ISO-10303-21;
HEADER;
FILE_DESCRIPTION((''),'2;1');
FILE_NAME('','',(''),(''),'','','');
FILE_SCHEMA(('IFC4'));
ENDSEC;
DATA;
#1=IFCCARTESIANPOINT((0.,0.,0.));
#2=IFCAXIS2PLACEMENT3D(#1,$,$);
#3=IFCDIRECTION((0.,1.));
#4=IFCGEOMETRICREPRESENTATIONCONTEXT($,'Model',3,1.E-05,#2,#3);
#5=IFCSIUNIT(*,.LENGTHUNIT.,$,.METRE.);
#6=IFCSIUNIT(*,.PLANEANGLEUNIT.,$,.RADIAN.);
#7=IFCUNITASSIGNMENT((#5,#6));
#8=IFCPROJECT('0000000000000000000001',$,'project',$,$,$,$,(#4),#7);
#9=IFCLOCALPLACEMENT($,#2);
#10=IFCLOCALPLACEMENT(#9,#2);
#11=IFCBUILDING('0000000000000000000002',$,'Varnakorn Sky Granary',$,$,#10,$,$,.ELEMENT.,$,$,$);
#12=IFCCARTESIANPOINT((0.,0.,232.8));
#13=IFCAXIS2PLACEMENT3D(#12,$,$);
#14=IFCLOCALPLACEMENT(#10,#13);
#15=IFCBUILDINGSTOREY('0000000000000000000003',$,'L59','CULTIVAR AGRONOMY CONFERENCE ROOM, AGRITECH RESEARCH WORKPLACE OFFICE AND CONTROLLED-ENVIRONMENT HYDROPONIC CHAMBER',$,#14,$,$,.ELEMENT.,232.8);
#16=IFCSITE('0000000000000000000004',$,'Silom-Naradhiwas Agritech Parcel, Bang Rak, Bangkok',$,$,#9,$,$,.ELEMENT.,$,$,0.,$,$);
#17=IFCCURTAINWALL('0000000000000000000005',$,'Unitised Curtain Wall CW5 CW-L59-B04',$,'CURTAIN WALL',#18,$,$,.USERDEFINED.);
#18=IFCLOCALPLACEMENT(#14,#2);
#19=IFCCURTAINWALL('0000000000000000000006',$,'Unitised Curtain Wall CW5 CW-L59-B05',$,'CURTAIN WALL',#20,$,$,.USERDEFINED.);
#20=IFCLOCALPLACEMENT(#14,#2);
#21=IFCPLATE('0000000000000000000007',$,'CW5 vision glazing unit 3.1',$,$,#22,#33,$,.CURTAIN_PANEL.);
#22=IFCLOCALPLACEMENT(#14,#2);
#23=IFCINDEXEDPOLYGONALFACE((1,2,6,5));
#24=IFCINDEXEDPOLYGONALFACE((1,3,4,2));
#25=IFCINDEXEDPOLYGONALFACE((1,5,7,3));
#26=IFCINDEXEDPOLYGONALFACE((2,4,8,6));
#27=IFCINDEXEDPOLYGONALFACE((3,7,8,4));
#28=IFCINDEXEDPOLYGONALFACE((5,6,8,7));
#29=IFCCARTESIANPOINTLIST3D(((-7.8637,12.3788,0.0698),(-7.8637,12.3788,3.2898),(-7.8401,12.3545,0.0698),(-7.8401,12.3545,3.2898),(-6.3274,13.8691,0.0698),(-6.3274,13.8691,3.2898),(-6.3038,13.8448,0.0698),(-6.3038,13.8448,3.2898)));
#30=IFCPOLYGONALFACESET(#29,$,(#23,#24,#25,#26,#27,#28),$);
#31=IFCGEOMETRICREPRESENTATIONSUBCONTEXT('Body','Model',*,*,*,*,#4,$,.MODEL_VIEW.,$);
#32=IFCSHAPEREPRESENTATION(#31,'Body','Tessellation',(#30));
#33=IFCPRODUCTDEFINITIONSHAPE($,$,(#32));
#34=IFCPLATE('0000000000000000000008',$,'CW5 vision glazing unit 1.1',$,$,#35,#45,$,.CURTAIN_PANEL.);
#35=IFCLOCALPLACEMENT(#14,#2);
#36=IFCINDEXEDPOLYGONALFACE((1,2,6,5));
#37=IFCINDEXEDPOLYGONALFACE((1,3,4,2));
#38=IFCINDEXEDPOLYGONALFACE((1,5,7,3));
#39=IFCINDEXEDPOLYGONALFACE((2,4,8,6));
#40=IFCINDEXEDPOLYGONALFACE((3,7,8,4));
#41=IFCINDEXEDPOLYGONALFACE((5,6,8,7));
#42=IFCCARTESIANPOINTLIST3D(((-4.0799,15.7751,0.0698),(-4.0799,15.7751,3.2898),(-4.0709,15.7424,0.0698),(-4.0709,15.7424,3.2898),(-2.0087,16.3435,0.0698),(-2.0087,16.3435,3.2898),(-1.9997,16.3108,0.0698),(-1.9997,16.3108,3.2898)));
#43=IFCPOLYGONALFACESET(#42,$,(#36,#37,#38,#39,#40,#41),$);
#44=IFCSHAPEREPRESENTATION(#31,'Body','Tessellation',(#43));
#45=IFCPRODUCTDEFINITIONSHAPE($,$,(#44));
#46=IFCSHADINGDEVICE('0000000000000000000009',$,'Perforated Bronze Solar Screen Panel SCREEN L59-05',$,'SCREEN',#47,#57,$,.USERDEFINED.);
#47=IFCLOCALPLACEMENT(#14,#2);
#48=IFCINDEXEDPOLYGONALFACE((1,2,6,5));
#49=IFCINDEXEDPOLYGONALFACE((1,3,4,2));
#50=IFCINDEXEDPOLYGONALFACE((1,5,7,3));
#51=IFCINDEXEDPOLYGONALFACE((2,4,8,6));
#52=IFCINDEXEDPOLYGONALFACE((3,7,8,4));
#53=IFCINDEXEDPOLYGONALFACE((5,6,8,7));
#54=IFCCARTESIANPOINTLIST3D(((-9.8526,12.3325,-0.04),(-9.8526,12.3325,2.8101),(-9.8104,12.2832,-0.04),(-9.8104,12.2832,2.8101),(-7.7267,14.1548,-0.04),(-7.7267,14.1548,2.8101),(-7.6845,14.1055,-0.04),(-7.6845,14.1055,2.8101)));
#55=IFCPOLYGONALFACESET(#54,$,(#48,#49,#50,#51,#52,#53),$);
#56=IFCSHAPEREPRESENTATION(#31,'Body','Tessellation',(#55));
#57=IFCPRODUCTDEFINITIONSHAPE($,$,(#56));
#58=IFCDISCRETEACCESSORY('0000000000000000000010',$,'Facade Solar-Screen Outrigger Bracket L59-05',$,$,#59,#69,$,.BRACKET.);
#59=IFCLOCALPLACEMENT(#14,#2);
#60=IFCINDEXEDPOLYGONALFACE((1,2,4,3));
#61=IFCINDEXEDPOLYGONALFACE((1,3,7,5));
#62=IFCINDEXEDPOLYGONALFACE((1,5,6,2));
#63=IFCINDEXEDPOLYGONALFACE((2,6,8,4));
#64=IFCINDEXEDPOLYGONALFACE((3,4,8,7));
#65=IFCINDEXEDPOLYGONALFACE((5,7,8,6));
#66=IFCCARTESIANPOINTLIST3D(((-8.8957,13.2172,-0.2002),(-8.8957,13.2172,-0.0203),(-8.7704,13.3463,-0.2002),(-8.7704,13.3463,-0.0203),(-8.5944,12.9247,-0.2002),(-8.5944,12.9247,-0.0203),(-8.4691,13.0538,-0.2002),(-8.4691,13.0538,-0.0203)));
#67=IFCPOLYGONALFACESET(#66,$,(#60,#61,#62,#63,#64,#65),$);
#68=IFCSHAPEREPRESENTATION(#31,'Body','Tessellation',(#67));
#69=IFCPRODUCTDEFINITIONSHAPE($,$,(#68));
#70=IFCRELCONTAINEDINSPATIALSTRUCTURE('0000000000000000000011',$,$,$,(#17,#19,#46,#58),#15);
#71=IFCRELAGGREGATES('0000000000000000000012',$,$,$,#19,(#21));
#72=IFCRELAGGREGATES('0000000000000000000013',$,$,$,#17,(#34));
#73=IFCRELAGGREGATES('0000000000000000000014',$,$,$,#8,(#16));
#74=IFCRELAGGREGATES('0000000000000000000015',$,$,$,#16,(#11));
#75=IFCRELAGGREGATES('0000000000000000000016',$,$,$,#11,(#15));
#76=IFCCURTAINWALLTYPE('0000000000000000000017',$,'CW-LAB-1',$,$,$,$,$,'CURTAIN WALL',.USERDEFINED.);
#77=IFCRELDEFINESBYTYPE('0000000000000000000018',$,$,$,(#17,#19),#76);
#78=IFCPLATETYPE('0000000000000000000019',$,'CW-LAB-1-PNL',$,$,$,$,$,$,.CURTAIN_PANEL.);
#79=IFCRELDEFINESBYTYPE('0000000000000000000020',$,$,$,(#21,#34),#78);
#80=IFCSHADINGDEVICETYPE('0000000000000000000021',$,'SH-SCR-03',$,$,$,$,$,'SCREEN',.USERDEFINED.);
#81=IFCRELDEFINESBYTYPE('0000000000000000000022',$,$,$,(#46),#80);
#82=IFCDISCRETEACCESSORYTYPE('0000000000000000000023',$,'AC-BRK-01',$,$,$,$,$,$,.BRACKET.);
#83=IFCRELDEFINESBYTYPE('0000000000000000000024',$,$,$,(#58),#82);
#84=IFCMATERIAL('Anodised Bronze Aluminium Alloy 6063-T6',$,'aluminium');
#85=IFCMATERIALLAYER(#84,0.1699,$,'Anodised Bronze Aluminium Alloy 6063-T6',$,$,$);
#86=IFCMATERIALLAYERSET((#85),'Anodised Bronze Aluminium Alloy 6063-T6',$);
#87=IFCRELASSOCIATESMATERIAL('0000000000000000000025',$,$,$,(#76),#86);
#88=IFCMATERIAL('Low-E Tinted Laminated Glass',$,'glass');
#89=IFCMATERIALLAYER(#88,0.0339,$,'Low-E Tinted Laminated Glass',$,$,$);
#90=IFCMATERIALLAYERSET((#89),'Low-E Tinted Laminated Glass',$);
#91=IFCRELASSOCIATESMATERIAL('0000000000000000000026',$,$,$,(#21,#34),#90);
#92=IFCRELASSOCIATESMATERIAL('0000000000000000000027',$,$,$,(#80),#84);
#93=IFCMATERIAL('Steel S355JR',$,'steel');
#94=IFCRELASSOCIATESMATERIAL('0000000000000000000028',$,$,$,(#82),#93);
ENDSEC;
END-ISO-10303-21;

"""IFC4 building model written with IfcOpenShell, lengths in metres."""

from ifc_helpers import new_model, si_unit, direction, frame, origin, origin_2d, place, context, subcontext, project, spatial, rectangle, extrude, source, transform, mapped, material, layer, layer_set, type_object, type_shapes, element, aggregate, save


model = new_model("IFC4")

# Units and contexts
model_context = context("Model", 3, precision=1e-05, world=origin(), true_north=direction((0.0, 1.0)))
body_context = subcontext(model_context, "Body", "Model", "MODEL_VIEW")
ifc_project = project(units=[si_unit("LENGTHUNIT", "METRE"), si_unit("PLANEANGLEUNIT", "RADIAN")], contexts=[model_context])

# Site, building, storey
site_placement = place(None, origin())
site = spatial("IfcSite", under=ifc_project, at=site_placement, Name="Silom-Naradhiwas Agritech Parcel, Bang Rak, Bangkok", CompositionType="ELEMENT", RefElevation=0.0)
building_placement = place(site_placement, origin())
building = spatial("IfcBuilding", under=site, at=building_placement, Name="Varnakorn Sky Granary", CompositionType="ELEMENT")
storey_placement = place(building_placement, frame((0.0, 0.0, 232.8)))
storey = spatial("IfcBuildingStorey", under=building, at=storey_placement, Name="L59", Description="CULTIVAR AGRONOMY CONFERENCE ROOM, AGRITECH RESEARCH WORKPLACE OFFICE AND CONTROLLED-ENVIRONMENT HYDROPONIC CHAMBER", CompositionType="ELEMENT", Elevation=232.8)

# Shared definitions
ifc_material_1 = material(Name="Steel S355JR", Category="steel")

# Curtain wall
ifc_material_2 = material(Name="Anodised Bronze Aluminium Alloy 6063-T6", Category="aluminium")
ifc_layer_1 = layer(ifc_material_2, 0.1699, Name="Anodised Bronze Aluminium Alloy 6063-T6")
ifc_layer_set_1 = layer_set([ifc_layer_1], Name="Anodised Bronze Aluminium Alloy 6063-T6")
curtain_wall_type = type_object("IfcCurtainWallType", Name="CW-LAB-1", ElementType="CURTAIN WALL", PredefinedType="USERDEFINED", material=ifc_layer_set_1)
curtain_wall_1_placement = place(storey_placement, origin())
curtain_wall_1 = element("IfcCurtainWall", 1, at=curtain_wall_1_placement, inside=storey, type_object=curtain_wall_type, Name="Unitised Curtain Wall CW5 CW-L59-B04", ObjectType="CURTAIN WALL", PredefinedType="USERDEFINED")

# Curtain wall
curtain_wall_2_placement = place(storey_placement, origin())
curtain_wall_2 = element("IfcCurtainWall", 2, at=curtain_wall_2_placement, inside=storey, type_object=curtain_wall_type, Name="Unitised Curtain Wall CW5 CW-L59-B05", ObjectType="CURTAIN WALL", PredefinedType="USERDEFINED")

# Plates
ifc_material_3 = material(Name="Low-E Tinted Laminated Glass", Category="glass")
ifc_layer_2 = layer(ifc_material_3, 0.0339, Name="Low-E Tinted Laminated Glass")
ifc_layer_set_2 = layer_set([ifc_layer_2], Name="Low-E Tinted Laminated Glass")
plate_type = type_object("IfcPlateType", Name="CW-LAB-1-PNL", PredefinedType="CURTAIN_PANEL")
shared_shape_1 = source(origin(), body_context, "Body", "SweptSolid", [
    extrude(rectangle(XDim=2.1404, YDim=0.0339, at=origin_2d()), origin(), (0.0, 0.0, 1.0), 3.22),
])
plate_1_placement = place(storey_placement, frame((-7.0837, 13.1118, 0.0698), z_axis=(0.0, 0.0, 1.0), x_axis=(0.717771, 0.696279, 0.0)))
plate_1 = element("IfcPlate", 3, at=plate_1_placement, type_object=plate_type, material=ifc_layer_set_2, Name="CW5 vision glazing unit 3.1", PredefinedType="CURTAIN_PANEL", context=body_context, shape_type="MappedRepresentation", body=[
    mapped(shared_shape_1, transform((0.0, 0.0, 0.0), x_axis=(1.0, 0.0, 0.0), y_axis=(0.0, 1.0, 0.0), z_axis=(0.0, 0.0, 1.0), scale=1.0)),
])
aggregate(curtain_wall_2, [plate_1])
shared_shape_2 = source(origin(), body_context, "Body", "SweptSolid", [
    extrude(rectangle(XDim=2.1477, YDim=0.0339, at=origin_2d()), origin(), (0.0, 0.0, 1.0), 3.22),
])
plate_2_placement = place(storey_placement, frame((-3.0398, 16.043, 0.0698), z_axis=(0.0, 0.0, 1.0), x_axis=(0.964347, 0.26464, 0.0)))
plate_2 = element("IfcPlate", 4, at=plate_2_placement, type_object=plate_type, material=ifc_layer_set_2, Name="CW5 vision glazing unit 1.1", PredefinedType="CURTAIN_PANEL", context=body_context, shape_type="MappedRepresentation", body=[
    mapped(shared_shape_2, transform((0.0, 0.0, 0.0), x_axis=(1.0, 0.0, 0.0), y_axis=(0.0, 1.0, 0.0), z_axis=(0.0, 0.0, 1.0), scale=1.0)),
])
aggregate(curtain_wall_1, [plate_2])

# Shading device
shading_device_type = type_object("IfcShadingDeviceType", Name="SH-SCR-03", ElementType="SCREEN", PredefinedType="USERDEFINED", material=ifc_material_2)
shared_shape_3 = source(origin(), body_context, "Body", "SweptSolid", [
    extrude(rectangle(XDim=2.8, YDim=0.0649, at=origin_2d()), origin(), (0.0, 0.0, 1.0), 2.8501),
])
type_shapes(shading_device_type, [shared_shape_3])
shading_device_placement = place(storey_placement, frame((-8.7686, 13.219, -0.04), z_axis=(0.0, 0.0, 1.0), x_axis=(-0.759238, -0.650813, 0.0)))
element("IfcShadingDevice", 5, at=shading_device_placement, inside=storey, type_object=shading_device_type, Name="Perforated Bronze Solar Screen Panel SCREEN L59-05", ObjectType="SCREEN", PredefinedType="USERDEFINED", context=body_context, shape_type="MappedRepresentation", body=[
    mapped(shared_shape_3, transform((0.0, 0.0, 0.0), x_axis=(1.0, 0.0, 0.0), y_axis=(0.0, 1.0, 0.0), z_axis=(0.0, 0.0, 1.0), scale=1.0)),
])

# Discrete accessory
discrete_accessory_type = type_object("IfcDiscreteAccessoryType", Name="AC-BRK-01", PredefinedType="BRACKET", material=ifc_material_1)
shared_shape_4 = source(origin(), body_context, "Body", "SweptSolid", [
    extrude(rectangle(XDim=0.1799, YDim=0.4199, at=origin_2d()), origin(), (0.0, 0.0, 1.0), 0.1799),
])
type_shapes(discrete_accessory_type, [shared_shape_4])
discrete_accessory_placement = place(storey_placement, frame((-8.6824, 13.1355, -0.2002), z_axis=(0.0, 0.0, 1.0), x_axis=(-0.696502, -0.717555, 0.0)))
element("IfcDiscreteAccessory", 6, at=discrete_accessory_placement, inside=storey, type_object=discrete_accessory_type, Name="Facade Solar-Screen Outrigger Bracket L59-05", PredefinedType="BRACKET", context=body_context, shape_type="MappedRepresentation", body=[
    mapped(shared_shape_4, transform((0.0, 0.0, 0.0), x_axis=(1.0, 0.0, 0.0), y_axis=(0.0, 1.0, 0.0), z_axis=(0.0, 0.0, 1.0), scale=1.0)),
])

save(model, "model.ifc")
